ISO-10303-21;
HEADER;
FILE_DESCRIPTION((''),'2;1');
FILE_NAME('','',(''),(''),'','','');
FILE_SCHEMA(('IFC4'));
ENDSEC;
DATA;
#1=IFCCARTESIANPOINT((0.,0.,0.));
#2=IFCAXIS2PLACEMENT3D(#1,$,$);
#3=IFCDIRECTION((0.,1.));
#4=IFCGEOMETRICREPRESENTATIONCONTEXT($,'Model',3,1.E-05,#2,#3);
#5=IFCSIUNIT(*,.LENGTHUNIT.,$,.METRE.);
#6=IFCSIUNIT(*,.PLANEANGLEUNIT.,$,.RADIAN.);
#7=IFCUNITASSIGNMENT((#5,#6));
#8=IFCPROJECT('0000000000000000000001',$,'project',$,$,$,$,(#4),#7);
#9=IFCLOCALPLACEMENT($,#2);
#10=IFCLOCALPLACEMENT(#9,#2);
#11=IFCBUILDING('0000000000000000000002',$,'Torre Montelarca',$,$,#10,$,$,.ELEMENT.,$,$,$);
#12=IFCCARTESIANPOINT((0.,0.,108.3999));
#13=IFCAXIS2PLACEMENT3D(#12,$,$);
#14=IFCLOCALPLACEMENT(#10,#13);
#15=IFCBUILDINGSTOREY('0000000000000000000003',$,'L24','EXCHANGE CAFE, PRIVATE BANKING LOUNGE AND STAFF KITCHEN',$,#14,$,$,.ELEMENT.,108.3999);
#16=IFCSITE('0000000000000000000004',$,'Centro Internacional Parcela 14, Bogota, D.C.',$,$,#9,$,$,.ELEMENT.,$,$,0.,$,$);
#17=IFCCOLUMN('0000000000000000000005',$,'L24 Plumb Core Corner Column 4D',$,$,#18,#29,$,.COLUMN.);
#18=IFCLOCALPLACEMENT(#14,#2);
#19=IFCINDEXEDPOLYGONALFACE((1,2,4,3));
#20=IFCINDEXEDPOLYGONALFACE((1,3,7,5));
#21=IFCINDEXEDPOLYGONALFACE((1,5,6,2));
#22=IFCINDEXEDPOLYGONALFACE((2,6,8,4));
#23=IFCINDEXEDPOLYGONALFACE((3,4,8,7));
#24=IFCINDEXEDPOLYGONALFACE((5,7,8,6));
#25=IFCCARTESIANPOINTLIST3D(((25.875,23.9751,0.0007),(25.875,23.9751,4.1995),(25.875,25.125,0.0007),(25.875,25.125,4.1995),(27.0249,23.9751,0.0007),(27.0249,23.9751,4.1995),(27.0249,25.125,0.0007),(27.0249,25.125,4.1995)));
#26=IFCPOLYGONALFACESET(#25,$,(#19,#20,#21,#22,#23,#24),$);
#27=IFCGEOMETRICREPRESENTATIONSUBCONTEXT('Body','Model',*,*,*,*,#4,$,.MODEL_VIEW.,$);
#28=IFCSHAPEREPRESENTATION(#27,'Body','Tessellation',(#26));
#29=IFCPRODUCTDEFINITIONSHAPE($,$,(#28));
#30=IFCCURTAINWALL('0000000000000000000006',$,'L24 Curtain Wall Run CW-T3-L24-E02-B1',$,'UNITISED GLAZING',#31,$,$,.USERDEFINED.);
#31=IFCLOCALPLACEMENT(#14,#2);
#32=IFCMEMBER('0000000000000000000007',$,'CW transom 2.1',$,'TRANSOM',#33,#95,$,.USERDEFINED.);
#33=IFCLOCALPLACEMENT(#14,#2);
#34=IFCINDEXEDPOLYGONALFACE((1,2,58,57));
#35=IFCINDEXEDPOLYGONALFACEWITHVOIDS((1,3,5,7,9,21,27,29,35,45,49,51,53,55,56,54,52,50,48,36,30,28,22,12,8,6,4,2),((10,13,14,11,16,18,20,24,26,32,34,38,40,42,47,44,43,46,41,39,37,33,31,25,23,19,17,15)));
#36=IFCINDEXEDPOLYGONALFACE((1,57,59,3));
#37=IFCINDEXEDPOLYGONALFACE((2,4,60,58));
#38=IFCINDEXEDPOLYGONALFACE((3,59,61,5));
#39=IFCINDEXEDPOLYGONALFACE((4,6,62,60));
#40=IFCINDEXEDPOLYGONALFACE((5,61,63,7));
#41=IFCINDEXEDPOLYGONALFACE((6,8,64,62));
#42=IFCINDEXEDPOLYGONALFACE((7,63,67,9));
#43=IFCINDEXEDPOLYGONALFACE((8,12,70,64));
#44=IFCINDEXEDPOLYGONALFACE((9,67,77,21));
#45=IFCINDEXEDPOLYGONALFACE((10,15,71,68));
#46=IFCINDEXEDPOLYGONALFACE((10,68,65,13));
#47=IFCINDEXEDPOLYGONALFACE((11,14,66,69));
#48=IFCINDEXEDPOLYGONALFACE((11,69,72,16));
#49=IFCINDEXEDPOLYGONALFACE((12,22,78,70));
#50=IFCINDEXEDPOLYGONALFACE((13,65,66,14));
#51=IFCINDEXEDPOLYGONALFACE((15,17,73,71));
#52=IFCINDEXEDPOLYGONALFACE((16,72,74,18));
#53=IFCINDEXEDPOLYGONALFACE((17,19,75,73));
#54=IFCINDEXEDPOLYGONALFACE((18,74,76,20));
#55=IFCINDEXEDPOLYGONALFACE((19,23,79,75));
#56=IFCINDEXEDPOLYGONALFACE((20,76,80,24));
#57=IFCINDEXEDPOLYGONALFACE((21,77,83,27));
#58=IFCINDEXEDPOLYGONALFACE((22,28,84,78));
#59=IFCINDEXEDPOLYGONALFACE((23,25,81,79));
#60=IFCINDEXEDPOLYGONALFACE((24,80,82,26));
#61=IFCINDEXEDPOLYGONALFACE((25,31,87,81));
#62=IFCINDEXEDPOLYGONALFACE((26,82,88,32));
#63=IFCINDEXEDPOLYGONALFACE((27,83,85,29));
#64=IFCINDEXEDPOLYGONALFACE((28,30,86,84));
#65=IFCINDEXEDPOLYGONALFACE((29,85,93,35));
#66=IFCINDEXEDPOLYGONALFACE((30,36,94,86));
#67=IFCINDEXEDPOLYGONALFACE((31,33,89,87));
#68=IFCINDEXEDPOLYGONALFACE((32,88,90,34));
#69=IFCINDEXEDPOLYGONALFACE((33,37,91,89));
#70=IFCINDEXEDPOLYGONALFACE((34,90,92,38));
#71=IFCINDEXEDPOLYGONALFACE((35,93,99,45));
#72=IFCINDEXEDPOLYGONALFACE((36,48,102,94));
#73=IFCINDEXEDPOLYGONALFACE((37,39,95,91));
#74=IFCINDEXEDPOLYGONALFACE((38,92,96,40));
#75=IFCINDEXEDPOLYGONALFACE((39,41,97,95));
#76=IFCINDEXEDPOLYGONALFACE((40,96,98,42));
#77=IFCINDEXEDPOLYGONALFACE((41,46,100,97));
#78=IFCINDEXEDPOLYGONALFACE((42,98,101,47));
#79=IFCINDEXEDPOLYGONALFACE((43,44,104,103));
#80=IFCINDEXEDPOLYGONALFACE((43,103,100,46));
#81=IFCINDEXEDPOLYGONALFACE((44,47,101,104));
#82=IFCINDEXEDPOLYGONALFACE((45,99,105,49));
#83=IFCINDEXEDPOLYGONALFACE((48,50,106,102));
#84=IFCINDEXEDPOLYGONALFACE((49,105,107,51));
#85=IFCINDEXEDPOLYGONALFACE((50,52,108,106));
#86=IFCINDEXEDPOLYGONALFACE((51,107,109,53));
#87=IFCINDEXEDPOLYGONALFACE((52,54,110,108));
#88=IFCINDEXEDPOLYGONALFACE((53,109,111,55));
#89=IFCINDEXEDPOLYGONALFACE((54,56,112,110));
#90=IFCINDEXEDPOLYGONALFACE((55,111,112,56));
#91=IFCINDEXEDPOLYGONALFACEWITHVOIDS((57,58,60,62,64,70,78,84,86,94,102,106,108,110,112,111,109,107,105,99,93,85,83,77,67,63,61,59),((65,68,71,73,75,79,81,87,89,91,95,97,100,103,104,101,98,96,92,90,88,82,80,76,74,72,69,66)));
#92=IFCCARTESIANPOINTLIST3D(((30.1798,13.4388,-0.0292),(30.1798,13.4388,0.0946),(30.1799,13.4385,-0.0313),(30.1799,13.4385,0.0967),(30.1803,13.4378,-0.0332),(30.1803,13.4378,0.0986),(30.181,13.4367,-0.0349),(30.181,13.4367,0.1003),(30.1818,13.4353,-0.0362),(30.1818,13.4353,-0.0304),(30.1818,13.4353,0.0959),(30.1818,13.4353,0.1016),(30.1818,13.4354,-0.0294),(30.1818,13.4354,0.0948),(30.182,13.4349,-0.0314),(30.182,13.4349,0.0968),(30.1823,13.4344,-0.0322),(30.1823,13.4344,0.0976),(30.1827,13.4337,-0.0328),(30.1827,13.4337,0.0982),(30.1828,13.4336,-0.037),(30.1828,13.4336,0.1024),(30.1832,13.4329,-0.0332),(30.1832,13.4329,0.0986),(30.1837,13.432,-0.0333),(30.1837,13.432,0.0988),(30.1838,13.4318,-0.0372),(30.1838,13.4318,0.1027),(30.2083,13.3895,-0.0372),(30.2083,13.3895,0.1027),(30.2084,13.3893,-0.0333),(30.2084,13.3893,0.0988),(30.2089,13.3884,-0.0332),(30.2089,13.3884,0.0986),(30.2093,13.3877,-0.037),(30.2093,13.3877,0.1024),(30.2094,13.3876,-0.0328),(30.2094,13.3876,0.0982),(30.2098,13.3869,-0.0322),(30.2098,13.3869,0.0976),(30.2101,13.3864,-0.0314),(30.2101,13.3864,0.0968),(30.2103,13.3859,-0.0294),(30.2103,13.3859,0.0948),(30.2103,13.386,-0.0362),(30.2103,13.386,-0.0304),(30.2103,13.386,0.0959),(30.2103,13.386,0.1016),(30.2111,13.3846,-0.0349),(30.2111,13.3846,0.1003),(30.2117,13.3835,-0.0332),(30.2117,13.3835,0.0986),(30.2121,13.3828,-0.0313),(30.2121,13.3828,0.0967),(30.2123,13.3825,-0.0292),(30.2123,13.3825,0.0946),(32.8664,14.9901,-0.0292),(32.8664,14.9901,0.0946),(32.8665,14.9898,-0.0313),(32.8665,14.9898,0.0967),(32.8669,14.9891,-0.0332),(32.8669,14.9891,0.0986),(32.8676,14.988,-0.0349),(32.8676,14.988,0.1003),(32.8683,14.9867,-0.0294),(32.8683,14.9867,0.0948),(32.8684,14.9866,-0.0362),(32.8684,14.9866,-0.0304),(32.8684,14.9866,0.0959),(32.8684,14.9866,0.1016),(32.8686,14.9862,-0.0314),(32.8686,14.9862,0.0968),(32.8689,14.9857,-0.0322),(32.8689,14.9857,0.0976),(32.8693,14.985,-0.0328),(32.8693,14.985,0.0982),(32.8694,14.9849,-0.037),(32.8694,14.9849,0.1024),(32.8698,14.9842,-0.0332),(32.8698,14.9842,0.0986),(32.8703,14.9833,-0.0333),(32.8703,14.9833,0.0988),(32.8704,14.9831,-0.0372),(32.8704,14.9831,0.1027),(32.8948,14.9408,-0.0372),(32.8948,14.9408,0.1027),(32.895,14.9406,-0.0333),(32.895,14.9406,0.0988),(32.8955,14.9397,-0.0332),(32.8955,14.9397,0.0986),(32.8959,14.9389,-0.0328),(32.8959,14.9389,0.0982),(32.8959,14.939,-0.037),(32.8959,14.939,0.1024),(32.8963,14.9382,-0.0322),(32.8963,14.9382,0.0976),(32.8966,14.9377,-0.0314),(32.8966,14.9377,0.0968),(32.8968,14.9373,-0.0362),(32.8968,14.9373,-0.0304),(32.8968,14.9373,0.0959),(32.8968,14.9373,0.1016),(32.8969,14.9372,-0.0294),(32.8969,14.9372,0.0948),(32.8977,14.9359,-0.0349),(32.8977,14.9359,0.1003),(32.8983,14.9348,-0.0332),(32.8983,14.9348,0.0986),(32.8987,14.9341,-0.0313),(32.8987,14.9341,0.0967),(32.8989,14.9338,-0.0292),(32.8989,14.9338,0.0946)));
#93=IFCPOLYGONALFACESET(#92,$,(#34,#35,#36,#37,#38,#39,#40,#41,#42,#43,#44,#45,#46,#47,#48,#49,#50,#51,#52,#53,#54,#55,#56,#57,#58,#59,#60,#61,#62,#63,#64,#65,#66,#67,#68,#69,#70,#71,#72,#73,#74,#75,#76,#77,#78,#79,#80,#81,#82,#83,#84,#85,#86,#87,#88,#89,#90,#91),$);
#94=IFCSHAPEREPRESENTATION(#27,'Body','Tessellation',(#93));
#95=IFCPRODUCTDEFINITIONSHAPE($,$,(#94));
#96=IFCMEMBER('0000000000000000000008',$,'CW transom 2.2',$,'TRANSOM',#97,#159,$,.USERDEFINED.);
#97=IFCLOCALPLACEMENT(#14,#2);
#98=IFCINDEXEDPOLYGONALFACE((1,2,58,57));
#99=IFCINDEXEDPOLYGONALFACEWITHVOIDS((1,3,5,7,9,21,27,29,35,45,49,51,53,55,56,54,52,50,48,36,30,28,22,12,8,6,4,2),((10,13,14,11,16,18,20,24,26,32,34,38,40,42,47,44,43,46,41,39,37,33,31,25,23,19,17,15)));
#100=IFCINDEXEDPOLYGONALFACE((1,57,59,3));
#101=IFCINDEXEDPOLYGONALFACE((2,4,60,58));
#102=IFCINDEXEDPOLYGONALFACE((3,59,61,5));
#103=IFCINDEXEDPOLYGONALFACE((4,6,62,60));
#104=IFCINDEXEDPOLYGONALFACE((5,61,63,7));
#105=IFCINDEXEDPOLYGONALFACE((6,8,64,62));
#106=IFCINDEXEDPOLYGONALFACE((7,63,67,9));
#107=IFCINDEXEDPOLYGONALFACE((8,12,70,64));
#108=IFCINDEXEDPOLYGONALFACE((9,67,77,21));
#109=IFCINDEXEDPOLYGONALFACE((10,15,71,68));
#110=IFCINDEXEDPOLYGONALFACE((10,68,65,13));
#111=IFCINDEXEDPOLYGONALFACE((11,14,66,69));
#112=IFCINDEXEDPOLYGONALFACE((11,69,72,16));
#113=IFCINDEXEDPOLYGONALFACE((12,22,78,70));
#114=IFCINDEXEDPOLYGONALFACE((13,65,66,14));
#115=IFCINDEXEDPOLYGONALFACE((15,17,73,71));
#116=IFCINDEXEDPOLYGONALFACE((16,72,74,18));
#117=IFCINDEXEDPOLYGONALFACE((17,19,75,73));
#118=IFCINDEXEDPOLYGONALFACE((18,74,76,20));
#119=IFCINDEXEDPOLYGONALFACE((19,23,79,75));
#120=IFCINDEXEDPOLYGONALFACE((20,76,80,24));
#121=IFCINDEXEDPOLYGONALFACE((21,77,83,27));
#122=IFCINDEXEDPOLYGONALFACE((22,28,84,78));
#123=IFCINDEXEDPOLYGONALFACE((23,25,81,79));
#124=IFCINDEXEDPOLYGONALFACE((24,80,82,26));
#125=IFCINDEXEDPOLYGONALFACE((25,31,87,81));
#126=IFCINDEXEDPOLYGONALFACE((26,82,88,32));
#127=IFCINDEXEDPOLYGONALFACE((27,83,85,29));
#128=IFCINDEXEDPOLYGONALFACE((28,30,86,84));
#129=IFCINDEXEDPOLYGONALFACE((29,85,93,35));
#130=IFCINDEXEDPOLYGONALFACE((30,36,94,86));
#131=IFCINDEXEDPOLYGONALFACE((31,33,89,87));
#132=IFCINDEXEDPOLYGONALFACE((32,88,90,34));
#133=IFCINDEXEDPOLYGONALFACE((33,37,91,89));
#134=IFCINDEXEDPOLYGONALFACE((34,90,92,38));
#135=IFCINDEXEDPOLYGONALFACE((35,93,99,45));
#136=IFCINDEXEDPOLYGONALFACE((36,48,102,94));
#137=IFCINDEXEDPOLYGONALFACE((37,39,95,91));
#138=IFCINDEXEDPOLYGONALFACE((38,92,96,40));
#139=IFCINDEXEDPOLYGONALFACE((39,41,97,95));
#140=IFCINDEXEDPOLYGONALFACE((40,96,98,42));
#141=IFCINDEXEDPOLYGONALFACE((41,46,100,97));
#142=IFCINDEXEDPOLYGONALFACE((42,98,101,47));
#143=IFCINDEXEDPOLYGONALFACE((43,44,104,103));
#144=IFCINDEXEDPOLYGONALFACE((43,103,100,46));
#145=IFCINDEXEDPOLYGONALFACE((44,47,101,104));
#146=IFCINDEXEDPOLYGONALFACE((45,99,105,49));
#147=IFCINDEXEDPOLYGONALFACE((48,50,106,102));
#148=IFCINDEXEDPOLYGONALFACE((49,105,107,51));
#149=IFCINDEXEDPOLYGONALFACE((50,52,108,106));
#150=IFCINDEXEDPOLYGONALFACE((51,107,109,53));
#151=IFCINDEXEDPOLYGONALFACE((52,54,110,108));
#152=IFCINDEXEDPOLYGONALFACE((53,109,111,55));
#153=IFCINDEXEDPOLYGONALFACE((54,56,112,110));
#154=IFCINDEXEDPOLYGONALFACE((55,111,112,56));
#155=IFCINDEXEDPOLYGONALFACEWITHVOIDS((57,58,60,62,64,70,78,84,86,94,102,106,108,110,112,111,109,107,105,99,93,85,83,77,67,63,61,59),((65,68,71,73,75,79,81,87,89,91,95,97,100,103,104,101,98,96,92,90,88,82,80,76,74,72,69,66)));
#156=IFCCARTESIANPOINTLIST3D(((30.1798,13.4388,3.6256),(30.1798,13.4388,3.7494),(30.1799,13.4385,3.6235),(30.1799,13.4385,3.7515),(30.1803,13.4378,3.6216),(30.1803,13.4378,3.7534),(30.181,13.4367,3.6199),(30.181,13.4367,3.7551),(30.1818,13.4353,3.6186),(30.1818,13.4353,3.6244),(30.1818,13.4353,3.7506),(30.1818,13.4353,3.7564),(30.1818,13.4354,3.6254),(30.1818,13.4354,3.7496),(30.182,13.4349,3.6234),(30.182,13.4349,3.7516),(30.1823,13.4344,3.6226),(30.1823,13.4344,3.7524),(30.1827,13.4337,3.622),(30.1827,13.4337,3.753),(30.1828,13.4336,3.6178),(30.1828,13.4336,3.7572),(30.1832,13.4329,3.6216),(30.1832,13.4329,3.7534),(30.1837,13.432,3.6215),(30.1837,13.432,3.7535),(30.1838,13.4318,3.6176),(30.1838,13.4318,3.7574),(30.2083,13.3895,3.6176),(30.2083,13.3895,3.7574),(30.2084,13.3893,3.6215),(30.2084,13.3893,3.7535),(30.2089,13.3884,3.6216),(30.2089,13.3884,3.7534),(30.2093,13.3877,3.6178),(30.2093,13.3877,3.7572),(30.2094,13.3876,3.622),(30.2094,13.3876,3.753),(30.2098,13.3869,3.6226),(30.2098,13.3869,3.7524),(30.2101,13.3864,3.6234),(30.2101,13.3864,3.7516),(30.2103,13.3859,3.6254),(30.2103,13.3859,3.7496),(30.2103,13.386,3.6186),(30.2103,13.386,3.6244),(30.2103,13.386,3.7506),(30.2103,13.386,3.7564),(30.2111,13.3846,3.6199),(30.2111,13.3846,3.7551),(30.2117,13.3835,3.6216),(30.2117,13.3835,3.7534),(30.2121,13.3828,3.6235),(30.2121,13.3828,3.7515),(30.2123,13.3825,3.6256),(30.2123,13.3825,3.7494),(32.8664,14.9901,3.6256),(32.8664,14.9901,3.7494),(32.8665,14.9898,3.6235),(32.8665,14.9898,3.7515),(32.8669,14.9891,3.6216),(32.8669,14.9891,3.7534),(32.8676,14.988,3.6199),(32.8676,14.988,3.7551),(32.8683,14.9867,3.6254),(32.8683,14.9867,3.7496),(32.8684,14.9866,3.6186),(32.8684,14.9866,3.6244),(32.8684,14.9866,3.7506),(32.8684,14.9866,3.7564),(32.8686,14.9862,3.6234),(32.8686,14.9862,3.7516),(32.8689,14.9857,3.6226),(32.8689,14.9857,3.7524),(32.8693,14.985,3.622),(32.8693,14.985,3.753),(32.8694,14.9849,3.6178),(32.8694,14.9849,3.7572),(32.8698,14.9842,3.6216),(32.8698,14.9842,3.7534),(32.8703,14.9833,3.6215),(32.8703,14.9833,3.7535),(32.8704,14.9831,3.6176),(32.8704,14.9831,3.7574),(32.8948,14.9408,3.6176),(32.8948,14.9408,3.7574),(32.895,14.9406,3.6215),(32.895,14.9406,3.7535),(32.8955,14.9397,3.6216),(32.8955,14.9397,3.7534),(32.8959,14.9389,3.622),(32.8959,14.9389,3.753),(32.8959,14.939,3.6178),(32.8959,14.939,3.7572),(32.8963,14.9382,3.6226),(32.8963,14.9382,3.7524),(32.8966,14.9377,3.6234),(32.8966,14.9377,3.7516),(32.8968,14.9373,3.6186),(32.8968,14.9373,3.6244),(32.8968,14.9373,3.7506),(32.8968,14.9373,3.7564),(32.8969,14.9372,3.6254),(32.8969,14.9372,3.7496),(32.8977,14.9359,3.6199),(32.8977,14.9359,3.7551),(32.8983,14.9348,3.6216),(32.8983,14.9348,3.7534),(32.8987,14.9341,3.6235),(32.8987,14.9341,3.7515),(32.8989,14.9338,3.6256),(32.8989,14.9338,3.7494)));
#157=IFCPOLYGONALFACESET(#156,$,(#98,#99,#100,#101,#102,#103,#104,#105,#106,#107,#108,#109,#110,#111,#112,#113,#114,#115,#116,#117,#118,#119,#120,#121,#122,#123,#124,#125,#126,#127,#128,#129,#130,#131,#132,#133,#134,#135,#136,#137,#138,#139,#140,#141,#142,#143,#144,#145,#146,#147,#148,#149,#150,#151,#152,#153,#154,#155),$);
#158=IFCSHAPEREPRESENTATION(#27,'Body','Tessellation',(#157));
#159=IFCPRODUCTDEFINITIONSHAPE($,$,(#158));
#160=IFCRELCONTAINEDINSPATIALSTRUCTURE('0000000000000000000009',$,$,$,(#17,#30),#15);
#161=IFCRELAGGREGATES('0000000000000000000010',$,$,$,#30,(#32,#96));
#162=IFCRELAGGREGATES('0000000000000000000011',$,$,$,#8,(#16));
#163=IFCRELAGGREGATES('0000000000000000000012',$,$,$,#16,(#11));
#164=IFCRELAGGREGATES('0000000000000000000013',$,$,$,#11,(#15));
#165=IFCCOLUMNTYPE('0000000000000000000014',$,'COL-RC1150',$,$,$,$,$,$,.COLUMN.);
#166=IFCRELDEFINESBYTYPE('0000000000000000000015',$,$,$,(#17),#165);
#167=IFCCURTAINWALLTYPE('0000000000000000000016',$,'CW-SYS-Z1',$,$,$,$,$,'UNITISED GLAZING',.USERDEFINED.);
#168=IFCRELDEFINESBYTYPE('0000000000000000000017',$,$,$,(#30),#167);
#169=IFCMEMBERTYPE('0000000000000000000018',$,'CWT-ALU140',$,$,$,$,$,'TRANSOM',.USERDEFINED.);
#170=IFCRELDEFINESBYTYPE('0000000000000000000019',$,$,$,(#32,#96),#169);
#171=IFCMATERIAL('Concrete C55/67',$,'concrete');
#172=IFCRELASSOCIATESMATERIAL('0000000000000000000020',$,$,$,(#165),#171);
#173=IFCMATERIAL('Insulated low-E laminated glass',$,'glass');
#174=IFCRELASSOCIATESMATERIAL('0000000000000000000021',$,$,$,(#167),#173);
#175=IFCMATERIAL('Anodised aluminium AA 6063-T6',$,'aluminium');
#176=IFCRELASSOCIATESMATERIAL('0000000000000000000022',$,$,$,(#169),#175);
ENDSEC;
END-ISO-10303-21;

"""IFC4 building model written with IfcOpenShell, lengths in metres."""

from ifc_helpers import new_model, si_unit, direction, frame, origin, origin_2d, place, context, subcontext, project, spatial, rectangle, hollow_rectangle, extrude, source, transform, mapped, material, material_profile, profile_set, type_object, element, aggregate, save


model = new_model("IFC4")

# Units and contexts
model_context = context("Model", 3, precision=1e-05, world=origin(), true_north=direction((0.0, 1.0)))
body_context = subcontext(model_context, "Body", "Model", "MODEL_VIEW")
ifc_project = project(units=[si_unit("LENGTHUNIT", "METRE"), si_unit("PLANEANGLEUNIT", "RADIAN")], contexts=[model_context])

# Site, building, storey
site_placement = place(None, origin())
site = spatial("IfcSite", under=ifc_project, at=site_placement, Name="Centro Internacional Parcela 14, Bogota, D.C.", CompositionType="ELEMENT", RefElevation=0.0)
building_placement = place(site_placement, origin())
building = spatial("IfcBuilding", under=site, at=building_placement, Name="Torre Montelarca", CompositionType="ELEMENT")
storey_placement = place(building_placement, frame((0.0, 0.0, 108.3999)))
storey = spatial("IfcBuildingStorey", under=building, at=storey_placement, Name="L24", Description="EXCHANGE CAFE, PRIVATE BANKING LOUNGE AND STAFF KITCHEN", CompositionType="ELEMENT", Elevation=108.3999)

# Column
ifc_material_1 = material(Name="Concrete C55/67", Category="concrete")
ifc_material_profile_1 = material_profile(ifc_material_1, rectangle(XDim=1.1499, YDim=1.1499, at=origin_2d()), Name="RC1150X1150", Category="concrete")
ifc_profile_set_1 = profile_set([ifc_material_profile_1], Name="Concrete C55/67")
column_type_1 = type_object("IfcColumnType", Name="COL-RC1150", PredefinedType="COLUMN", material=ifc_profile_set_1)
shared_shape_1 = source(origin(), body_context, "Body", "SweptSolid", [
    extrude(rectangle(XDim=1.1499, YDim=1.1499, at=origin_2d()), origin(), (0.0, 0.0, 1.0), 4.1987),
])
column_1_placement = place(storey_placement, frame((26.45, 24.55, 0.0007), z_axis=(0.0, 0.0, 1.0), x_axis=(1.0, 0.0, 0.0)))
element("IfcColumn", 1, at=column_1_placement, inside=storey, type_object=column_type_1, Name="L24 Plumb Core Corner Column 4D", PredefinedType="COLUMN", context=body_context, shape_type="MappedRepresentation", body=[
    mapped(shared_shape_1, transform((0.0, 0.0, 0.0), scale=1.0)),
])

# Curtain wall, members
ifc_material_2 = material(Name="Insulated low-E laminated glass", Category="glass")
curtain_wall_type = type_object("IfcCurtainWallType", Name="CW-SYS-Z1", ElementType="UNITISED GLAZING", PredefinedType="USERDEFINED", material=ifc_material_2)
curtain_wall_1_placement = place(storey_placement, origin())
curtain_wall_1 = element("IfcCurtainWall", 2, at=curtain_wall_1_placement, inside=storey, type_object=curtain_wall_type, Name="L24 Curtain Wall Run CW-T3-L24-E02-B1", ObjectType="UNITISED GLAZING", PredefinedType="USERDEFINED")
ifc_material_3 = material(Name="Anodised aluminium AA 6063-T6", Category="aluminium")
ifc_material_profile_2 = material_profile(ifc_material_3, hollow_rectangle(XDim=0.0649, YDim=0.1399, WallThickness=0.0039, InnerFilletRadius=0.0039, OuterFilletRadius=0.0081, at=origin_2d()), Name="ALU65X140X4", Category="aluminium")
ifc_profile_set_2 = profile_set([ifc_material_profile_2], Name="Anodised aluminium AA 6063-T6")
member_type_1 = type_object("IfcMemberType", Name="CWT-ALU140", ElementType="TRANSOM", PredefinedType="USERDEFINED", material=ifc_profile_set_2)
shared_shape_2 = source(origin(), body_context, "Body", "SweptSolid", [
    extrude(hollow_rectangle(XDim=0.0649, YDim=0.1399, WallThickness=0.0039, InnerFilletRadius=0.0039, OuterFilletRadius=0.0081, at=origin_2d()), origin(), (0.0, 0.0, 1.0), 3.1023),
])
member_1_placement = place(storey_placement, frame((30.196, 13.4106, 0.0327), z_axis=(0.865997, 0.500049, 0.0), x_axis=(-0.500049, 0.865997, 0.0)))
member_1 = element("IfcMember", 3, at=member_1_placement, type_object=member_type_1, Name="CW transom 2.1", ObjectType="TRANSOM", PredefinedType="USERDEFINED", context=body_context, shape_type="MappedRepresentation", body=[
    mapped(shared_shape_2, transform((0.0, 0.0, 0.0), scale=1.0)),
])
member_2_placement = place(storey_placement, frame((30.196, 13.4106, 3.6875), z_axis=(0.865997, 0.500049, 0.0), x_axis=(-0.500049, 0.865997, 0.0)))
member_2 = element("IfcMember", 4, at=member_2_placement, type_object=member_type_1, Name="CW transom 2.2", ObjectType="TRANSOM", PredefinedType="USERDEFINED", context=body_context, shape_type="MappedRepresentation", body=[
    mapped(shared_shape_2, transform((0.0, 0.0, 0.0), scale=1.0)),
])

aggregate(curtain_wall_1, [member_1, member_2])

save(model, "model.ifc")
